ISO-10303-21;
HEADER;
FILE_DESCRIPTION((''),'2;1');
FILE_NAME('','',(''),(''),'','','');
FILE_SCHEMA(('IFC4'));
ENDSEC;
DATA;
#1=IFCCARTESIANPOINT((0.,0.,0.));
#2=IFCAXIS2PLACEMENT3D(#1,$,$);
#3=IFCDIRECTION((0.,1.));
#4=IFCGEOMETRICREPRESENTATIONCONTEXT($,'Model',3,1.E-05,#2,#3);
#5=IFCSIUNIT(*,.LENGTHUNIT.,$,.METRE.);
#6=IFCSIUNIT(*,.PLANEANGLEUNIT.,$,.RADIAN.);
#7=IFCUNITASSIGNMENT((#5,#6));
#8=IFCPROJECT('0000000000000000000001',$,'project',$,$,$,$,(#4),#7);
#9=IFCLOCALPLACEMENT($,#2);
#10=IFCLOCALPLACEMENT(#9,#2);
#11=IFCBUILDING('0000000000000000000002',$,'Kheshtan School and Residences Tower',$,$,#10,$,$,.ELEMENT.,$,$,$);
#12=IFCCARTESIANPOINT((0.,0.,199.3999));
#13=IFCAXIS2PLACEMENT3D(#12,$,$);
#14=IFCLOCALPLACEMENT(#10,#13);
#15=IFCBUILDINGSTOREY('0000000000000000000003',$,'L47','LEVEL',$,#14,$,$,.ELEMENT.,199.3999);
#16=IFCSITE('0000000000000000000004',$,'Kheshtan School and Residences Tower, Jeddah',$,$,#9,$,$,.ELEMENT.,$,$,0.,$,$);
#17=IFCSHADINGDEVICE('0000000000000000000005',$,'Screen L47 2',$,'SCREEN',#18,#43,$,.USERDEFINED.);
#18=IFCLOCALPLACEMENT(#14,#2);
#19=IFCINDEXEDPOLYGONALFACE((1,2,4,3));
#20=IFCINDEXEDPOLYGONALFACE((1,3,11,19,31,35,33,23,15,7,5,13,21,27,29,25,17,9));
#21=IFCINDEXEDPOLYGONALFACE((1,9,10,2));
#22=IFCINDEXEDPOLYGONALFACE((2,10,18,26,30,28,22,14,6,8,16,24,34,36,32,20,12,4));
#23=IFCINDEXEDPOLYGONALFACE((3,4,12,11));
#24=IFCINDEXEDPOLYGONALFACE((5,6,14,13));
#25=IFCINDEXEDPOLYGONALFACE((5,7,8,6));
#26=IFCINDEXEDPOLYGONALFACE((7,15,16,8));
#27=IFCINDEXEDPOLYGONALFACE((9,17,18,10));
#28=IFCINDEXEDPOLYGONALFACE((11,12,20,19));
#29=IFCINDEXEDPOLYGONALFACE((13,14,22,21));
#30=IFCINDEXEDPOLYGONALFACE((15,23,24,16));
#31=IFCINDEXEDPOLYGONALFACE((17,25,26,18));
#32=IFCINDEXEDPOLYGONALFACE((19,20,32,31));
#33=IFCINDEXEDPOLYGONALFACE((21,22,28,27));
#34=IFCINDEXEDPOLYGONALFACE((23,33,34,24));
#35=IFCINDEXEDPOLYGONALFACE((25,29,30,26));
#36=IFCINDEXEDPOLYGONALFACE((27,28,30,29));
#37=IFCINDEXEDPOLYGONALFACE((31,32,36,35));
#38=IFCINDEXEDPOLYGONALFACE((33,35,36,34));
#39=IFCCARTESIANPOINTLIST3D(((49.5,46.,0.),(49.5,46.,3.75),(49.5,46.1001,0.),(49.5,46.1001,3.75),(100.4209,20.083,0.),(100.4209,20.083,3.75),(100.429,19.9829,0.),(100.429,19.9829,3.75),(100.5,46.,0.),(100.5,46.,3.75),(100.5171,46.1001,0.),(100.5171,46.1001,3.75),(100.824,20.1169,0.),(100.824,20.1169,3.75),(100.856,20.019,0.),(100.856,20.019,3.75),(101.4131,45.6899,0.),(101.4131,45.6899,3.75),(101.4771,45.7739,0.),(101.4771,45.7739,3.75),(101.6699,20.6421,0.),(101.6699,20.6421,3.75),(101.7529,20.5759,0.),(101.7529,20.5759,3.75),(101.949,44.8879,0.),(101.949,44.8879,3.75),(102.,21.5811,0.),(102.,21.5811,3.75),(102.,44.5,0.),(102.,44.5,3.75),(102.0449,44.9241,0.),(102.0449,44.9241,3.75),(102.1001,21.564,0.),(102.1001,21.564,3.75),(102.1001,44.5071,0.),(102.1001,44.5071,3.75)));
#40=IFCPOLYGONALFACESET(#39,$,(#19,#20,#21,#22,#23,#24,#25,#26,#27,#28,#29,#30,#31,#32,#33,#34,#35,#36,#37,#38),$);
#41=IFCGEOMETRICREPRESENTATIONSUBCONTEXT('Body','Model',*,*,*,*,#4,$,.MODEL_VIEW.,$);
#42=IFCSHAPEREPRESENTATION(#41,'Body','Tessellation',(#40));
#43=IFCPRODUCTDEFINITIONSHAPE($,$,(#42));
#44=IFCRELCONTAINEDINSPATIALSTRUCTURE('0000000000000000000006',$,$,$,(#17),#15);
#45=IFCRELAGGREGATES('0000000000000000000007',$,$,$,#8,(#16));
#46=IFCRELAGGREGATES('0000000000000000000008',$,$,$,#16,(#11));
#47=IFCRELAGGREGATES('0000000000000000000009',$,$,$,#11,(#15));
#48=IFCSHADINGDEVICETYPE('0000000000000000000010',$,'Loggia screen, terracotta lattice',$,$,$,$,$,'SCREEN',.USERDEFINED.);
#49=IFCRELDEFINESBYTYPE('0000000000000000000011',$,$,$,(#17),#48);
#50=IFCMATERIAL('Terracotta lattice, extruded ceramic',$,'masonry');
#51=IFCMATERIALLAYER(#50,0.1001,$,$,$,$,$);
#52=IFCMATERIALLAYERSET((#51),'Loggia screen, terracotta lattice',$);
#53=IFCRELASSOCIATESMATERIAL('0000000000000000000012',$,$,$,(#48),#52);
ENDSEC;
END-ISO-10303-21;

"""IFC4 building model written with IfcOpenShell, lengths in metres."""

from ifc_helpers import new_model, si_unit, direction, frame, origin, place, context, subcontext, project, spatial, polyline, outline, extrude, material, layer, layer_set, type_object, element, save


model = new_model("IFC4")

# Units and contexts
model_context = context("Model", 3, precision=1e-05, world=origin(), true_north=direction((0.0, 1.0)))
body_context = subcontext(model_context, "Body", "Model", "MODEL_VIEW")
ifc_project = project(units=[si_unit("LENGTHUNIT", "METRE"), si_unit("PLANEANGLEUNIT", "RADIAN")], contexts=[model_context])

# Site, building, storey
site_placement = place(None, origin())
site = spatial("IfcSite", under=ifc_project, at=site_placement, Name="Kheshtan School and Residences Tower, Jeddah", CompositionType="ELEMENT", RefElevation=0.0)
building_placement = place(site_placement, origin())
building = spatial("IfcBuilding", under=site, at=building_placement, Name="Kheshtan School and Residences Tower", CompositionType="ELEMENT")
storey_placement = place(building_placement, frame((0.0, 0.0, 199.3999)))
storey = spatial("IfcBuildingStorey", under=building, at=storey_placement, Name="L47", Description="LEVEL", CompositionType="ELEMENT", Elevation=199.3999)

# Shading device
ifc_material_1 = material(Name="Terracotta lattice, extruded ceramic", Category="masonry")
ifc_layer_1 = layer(ifc_material_1, 0.1001)
ifc_layer_set_1 = layer_set([ifc_layer_1], Name="Loggia screen, terracotta lattice")
shading_device_type_1 = type_object("IfcShadingDeviceType", Name="Loggia screen, terracotta lattice", ElementType="SCREEN", PredefinedType="USERDEFINED", material=ifc_layer_set_1)
shading_device_1_placement = place(storey_placement, origin())
element("IfcShadingDevice", 1, at=shading_device_1_placement, inside=storey, type_object=shading_device_type_1, Name="Screen L47 2", ObjectType="SCREEN", PredefinedType="USERDEFINED", context=body_context, shape_type="SweptSolid", body=[
    extrude(outline(polyline([(49.5, 46.0), (100.5, 46.0), (101.4131, 45.6899), (101.949, 44.8879), (102.0, 44.5), (102.0, 21.5811), (101.6699, 20.6421), (100.824, 20.1169), (100.4209, 20.083), (100.429, 19.9829), (100.856, 20.019), (101.7529, 20.5759), (102.1001, 21.564), (102.1001, 44.5071), (102.0449, 44.9241), (101.4771, 45.7739), (100.5171, 46.1001), (49.5, 46.1001), (49.5, 46.0)])), origin(), (0.0, 0.0, 1.0), 3.75),
])

save(model, "model.ifc")
